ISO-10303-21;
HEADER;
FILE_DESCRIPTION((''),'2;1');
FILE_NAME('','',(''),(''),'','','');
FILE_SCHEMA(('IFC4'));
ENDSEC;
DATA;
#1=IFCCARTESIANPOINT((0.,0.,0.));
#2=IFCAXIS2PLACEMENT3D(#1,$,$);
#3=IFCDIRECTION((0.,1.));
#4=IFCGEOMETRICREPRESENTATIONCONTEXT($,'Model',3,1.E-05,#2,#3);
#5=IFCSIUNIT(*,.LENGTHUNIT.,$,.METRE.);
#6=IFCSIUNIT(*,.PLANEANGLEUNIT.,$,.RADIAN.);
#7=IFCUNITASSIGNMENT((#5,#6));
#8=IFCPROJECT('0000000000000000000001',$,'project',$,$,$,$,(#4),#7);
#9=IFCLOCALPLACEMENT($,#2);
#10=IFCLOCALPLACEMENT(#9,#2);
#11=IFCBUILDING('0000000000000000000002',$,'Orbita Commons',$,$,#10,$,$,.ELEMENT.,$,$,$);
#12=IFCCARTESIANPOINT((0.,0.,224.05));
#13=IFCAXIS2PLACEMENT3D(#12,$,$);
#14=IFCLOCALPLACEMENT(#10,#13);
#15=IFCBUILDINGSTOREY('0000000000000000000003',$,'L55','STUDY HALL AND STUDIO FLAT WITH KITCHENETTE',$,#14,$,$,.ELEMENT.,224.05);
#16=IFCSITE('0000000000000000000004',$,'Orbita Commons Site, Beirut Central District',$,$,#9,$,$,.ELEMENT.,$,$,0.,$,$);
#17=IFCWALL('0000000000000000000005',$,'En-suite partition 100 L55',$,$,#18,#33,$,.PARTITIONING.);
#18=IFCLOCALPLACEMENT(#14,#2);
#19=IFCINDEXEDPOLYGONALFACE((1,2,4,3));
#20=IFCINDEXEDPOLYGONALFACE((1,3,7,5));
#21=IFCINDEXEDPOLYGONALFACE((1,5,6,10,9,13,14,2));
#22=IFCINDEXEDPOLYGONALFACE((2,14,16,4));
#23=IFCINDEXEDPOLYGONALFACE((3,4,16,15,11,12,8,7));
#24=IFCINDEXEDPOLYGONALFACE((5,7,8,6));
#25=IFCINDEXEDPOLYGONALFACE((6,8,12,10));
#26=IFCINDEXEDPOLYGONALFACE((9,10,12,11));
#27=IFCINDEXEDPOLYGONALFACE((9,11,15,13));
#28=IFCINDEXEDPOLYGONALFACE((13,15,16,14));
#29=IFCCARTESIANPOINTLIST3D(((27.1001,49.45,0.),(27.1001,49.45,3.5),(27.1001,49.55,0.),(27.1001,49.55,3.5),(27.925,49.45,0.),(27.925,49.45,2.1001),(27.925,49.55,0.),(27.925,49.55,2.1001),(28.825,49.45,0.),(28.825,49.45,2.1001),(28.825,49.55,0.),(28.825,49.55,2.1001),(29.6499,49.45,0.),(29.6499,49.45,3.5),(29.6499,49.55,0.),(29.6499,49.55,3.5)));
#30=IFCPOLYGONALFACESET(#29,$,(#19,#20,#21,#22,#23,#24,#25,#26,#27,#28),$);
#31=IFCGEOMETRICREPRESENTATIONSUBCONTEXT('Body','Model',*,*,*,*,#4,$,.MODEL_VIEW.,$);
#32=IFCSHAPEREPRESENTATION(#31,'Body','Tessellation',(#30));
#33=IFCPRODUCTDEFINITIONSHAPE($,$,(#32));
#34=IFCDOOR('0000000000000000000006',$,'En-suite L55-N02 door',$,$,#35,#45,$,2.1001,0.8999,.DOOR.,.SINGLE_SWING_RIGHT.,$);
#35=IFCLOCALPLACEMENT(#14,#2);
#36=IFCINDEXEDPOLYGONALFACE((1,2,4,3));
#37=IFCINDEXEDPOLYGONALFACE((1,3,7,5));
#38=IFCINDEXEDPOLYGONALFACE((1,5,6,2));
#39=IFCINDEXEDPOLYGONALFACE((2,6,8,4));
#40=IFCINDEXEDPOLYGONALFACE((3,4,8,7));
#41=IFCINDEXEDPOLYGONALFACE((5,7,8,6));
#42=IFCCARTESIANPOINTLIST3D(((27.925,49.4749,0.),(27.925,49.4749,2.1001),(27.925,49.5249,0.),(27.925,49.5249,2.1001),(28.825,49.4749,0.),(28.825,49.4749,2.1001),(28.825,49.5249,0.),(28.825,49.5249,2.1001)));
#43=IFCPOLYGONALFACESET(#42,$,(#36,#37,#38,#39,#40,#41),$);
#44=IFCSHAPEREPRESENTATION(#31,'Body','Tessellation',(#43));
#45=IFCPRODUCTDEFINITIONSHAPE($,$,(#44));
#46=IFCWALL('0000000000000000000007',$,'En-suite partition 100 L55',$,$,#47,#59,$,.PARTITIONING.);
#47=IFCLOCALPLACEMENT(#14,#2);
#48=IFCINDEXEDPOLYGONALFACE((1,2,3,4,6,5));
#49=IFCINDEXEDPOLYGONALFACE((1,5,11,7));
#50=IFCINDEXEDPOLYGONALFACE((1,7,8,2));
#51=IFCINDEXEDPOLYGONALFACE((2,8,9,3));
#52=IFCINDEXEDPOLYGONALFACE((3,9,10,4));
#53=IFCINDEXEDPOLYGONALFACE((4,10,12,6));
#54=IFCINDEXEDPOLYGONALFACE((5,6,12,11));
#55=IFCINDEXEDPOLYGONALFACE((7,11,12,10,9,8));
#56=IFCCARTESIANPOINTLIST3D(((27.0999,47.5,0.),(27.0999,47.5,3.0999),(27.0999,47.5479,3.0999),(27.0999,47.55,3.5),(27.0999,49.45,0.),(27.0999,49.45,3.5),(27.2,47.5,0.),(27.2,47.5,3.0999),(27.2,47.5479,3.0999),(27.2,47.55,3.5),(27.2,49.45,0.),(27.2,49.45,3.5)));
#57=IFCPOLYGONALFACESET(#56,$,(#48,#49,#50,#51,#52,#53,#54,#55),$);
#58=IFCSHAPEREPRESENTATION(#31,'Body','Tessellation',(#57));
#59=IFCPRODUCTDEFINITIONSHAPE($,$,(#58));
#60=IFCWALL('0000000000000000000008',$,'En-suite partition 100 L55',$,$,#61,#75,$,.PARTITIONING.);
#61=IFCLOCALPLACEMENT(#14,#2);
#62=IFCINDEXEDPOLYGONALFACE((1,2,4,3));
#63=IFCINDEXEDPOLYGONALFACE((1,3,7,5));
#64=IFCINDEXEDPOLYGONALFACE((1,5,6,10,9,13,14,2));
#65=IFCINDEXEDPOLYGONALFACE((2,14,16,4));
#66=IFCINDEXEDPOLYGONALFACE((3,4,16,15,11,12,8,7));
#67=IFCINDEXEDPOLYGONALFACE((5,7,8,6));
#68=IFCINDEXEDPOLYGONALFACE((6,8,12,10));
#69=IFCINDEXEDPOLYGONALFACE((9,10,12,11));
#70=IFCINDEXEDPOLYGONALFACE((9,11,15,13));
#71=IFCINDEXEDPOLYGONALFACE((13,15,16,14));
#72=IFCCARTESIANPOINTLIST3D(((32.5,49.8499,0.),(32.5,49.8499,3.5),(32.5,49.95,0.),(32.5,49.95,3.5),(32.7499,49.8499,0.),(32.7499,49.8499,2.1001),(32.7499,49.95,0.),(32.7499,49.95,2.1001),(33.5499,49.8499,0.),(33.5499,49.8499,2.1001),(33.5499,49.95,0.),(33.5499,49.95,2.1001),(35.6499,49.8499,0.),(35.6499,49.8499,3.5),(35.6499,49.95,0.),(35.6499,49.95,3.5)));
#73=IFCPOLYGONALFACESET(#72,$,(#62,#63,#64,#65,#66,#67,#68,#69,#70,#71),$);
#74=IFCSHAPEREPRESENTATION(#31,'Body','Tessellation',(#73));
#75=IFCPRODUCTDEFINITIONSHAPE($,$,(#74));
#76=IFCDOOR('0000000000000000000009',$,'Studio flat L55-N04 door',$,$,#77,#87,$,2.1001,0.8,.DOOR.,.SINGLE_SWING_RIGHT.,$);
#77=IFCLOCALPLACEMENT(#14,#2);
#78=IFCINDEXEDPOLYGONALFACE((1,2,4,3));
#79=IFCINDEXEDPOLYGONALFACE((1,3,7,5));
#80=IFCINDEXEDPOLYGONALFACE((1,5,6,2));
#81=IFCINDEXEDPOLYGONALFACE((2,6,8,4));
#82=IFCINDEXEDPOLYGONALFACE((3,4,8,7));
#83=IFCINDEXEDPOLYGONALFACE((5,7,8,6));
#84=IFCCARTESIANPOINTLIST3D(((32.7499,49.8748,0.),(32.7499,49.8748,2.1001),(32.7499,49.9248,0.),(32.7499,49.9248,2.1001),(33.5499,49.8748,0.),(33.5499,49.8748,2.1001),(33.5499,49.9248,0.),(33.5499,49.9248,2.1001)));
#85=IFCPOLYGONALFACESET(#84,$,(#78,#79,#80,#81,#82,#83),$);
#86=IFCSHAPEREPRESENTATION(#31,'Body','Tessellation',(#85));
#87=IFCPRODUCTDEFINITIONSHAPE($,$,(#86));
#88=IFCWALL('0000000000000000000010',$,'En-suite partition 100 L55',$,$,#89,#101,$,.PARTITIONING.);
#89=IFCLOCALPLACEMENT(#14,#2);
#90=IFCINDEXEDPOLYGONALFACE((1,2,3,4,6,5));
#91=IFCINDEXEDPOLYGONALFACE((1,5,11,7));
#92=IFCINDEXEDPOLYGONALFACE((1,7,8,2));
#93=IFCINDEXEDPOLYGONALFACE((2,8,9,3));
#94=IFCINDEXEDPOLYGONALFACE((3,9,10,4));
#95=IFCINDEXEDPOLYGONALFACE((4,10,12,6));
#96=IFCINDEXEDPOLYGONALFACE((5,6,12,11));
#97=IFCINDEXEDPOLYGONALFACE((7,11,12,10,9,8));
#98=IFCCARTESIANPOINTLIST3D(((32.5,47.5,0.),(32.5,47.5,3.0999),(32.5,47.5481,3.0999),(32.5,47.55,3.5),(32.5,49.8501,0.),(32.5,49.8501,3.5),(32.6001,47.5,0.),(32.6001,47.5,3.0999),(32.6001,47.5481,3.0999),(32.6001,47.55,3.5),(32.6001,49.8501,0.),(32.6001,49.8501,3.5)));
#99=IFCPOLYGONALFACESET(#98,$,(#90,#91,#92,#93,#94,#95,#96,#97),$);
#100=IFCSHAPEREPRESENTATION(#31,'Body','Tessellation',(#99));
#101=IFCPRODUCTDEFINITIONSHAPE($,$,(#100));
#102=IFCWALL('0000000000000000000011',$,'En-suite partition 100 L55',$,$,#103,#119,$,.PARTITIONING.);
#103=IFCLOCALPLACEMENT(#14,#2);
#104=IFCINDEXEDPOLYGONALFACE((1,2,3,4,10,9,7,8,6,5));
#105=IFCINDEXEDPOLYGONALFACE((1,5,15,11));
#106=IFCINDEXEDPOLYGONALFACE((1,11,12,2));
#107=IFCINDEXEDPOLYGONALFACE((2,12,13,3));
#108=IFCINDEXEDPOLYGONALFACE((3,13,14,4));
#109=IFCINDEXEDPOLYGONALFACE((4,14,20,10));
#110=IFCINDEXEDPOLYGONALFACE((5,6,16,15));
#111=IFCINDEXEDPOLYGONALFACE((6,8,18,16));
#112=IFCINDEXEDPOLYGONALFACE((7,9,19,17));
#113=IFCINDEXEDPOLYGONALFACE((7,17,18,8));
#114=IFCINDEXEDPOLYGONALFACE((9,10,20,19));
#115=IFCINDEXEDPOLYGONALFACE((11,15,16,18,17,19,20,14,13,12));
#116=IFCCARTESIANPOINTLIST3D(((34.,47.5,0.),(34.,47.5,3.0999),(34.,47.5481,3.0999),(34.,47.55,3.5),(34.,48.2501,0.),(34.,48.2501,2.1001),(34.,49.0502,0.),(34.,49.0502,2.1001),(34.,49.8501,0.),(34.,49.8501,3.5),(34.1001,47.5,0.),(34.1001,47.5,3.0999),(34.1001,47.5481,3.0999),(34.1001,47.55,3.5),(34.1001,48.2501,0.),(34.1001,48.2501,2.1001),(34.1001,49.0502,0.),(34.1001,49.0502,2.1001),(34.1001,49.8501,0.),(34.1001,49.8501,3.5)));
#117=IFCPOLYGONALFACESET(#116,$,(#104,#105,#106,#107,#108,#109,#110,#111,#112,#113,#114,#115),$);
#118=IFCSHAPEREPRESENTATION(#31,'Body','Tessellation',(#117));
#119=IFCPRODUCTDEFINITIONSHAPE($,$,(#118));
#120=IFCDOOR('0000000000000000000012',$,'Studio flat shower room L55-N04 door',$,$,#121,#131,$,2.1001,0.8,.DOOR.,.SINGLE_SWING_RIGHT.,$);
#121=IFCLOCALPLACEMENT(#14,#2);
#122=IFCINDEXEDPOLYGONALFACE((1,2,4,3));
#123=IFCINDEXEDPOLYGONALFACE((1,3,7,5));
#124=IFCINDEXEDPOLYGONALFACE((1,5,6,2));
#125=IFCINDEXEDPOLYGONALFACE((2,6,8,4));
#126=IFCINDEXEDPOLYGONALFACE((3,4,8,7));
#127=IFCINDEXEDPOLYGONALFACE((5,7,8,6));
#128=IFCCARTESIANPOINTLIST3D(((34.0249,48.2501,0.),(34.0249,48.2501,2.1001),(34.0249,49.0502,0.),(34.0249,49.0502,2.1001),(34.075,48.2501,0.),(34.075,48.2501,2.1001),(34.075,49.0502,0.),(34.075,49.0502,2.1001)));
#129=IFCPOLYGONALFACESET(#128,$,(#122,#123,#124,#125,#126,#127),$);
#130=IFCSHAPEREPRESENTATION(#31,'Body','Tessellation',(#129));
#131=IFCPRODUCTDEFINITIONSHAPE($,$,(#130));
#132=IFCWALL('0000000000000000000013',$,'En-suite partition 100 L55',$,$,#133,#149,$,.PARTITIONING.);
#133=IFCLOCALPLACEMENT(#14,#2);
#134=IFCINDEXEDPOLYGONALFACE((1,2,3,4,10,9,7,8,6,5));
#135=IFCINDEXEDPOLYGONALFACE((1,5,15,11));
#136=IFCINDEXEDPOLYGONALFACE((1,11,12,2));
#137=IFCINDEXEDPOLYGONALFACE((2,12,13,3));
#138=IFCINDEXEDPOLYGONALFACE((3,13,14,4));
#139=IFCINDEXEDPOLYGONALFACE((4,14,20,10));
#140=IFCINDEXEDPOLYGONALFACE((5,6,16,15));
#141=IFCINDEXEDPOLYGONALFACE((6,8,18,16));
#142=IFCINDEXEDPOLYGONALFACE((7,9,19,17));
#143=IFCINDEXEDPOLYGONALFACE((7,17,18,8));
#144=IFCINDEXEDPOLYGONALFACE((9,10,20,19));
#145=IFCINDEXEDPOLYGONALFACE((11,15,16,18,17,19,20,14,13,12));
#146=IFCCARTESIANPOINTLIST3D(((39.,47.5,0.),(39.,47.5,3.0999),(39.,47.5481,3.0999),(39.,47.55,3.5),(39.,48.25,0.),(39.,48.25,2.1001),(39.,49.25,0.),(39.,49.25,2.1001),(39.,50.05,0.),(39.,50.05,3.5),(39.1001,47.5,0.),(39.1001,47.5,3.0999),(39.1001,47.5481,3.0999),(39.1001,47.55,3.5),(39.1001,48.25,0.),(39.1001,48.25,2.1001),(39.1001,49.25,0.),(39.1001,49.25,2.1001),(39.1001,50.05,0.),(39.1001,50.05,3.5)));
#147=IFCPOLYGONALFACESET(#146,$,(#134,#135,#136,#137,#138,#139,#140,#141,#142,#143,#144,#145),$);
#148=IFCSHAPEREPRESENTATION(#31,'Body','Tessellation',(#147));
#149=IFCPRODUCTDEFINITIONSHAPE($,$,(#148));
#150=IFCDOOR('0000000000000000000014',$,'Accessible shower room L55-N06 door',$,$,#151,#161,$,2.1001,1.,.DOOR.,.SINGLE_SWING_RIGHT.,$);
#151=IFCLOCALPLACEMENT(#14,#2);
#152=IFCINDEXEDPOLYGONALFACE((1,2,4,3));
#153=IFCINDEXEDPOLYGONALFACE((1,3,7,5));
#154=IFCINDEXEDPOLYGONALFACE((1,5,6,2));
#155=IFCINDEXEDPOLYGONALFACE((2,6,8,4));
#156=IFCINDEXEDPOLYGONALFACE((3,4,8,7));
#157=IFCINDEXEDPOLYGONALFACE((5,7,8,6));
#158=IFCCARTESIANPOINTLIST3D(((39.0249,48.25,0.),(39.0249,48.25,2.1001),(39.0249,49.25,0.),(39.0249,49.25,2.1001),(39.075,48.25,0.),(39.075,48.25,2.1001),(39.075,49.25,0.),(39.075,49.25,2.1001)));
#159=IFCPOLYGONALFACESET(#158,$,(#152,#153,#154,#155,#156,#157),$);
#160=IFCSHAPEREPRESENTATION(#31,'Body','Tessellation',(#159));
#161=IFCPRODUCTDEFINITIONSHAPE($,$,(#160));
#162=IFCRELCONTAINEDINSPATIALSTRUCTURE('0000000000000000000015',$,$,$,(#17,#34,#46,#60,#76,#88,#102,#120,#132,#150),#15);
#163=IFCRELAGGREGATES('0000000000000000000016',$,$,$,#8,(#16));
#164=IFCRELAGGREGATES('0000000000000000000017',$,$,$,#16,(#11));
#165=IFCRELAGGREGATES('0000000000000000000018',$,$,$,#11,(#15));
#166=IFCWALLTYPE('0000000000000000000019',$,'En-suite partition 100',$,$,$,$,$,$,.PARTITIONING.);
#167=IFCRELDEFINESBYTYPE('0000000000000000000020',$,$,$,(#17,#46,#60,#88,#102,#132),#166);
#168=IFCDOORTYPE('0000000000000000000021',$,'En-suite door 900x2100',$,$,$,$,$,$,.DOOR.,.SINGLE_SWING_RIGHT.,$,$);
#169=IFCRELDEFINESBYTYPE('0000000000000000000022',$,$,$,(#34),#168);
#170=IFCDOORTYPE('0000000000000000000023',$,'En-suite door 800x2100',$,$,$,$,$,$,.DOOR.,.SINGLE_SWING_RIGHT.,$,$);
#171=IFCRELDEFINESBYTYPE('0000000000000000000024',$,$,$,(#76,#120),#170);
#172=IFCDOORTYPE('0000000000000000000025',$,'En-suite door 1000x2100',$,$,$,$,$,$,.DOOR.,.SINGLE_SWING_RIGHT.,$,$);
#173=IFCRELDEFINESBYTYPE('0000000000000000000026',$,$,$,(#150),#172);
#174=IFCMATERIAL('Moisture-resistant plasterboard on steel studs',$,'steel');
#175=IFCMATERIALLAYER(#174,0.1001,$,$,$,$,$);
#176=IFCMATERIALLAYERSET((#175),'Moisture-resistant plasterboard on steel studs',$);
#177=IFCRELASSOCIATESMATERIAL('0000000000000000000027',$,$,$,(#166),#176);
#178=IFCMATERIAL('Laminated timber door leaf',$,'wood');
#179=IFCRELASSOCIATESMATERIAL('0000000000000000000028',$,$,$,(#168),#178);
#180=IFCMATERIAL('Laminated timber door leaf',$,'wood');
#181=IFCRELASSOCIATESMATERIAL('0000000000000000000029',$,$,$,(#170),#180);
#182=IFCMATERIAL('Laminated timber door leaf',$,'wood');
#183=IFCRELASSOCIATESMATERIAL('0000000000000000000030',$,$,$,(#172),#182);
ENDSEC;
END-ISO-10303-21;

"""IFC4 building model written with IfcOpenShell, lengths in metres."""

from ifc_helpers import new_model, si_unit, direction, frame, frame_2d, origin, place, context, subcontext, project, spatial, polyline, rectangle, outline, extrude, material, layer, layer_set, type_object, element, fill, save


model = new_model("IFC4")

# Units and contexts
model_context = context("Model", 3, precision=1e-05, world=origin(), true_north=direction((0.0, 1.0)))
body_context = subcontext(model_context, "Body", "Model", "MODEL_VIEW")
ifc_project = project(units=[si_unit("LENGTHUNIT", "METRE"), si_unit("PLANEANGLEUNIT", "RADIAN")], contexts=[model_context])

# Site, building, storey
site_placement = place(None, origin())
site = spatial("IfcSite", under=ifc_project, at=site_placement, Name="Orbita Commons Site, Beirut Central District", CompositionType="ELEMENT", RefElevation=0.0)
building_placement = place(site_placement, origin())
building = spatial("IfcBuilding", under=site, at=building_placement, Name="Orbita Commons", CompositionType="ELEMENT")
storey_placement = place(building_placement, frame((0.0, 0.0, 224.05)))
storey = spatial("IfcBuildingStorey", under=building, at=storey_placement, Name="L55", Description="STUDY HALL AND STUDIO FLAT WITH KITCHENETTE", CompositionType="ELEMENT", Elevation=224.05)

# Wall, opening, door
ifc_material_1 = material(Name="Moisture-resistant plasterboard on steel studs", Category="steel")
ifc_layer_1 = layer(ifc_material_1, 0.1001)
ifc_layer_set_1 = layer_set([ifc_layer_1], Name="Moisture-resistant plasterboard on steel studs")
wall_type_1 = type_object("IfcWallType", Name="En-suite partition 100", PredefinedType="PARTITIONING", material=ifc_layer_set_1)
wall_1_placement = place(storey_placement, frame((27.1001, 49.5, 0.0), z_axis=(0.0, 0.0, 1.0), x_axis=(1.0, 0.0, 0.0)))
wall_1 = element("IfcWall", 1, at=wall_1_placement, inside=storey, type_object=wall_type_1, Name="En-suite partition 100 L55", PredefinedType="PARTITIONING", context=body_context, shape_type="SweptSolid", body=[
    extrude(rectangle(XDim=2.5498, YDim=0.1001, at=frame_2d((1.2749, 0.0))), origin(), (0.0, 0.0, 1.0), 3.5),
])
opening_1_placement = place(wall_1_placement, frame((0.825, 0.0, 0.0)))
opening_1 = element("IfcOpeningElement", 2, at=opening_1_placement, cuts=wall_1, PredefinedType="OPENING", context=body_context, shape_type="SweptSolid", body=[
    extrude(rectangle(XDim=0.8999, YDim=2.1001, at=frame_2d((0.45, 1.05))), frame((0.0, 0.0601, 0.0), z_axis=(0.0, -1.0, 0.0), x_axis=(1.0, 0.0, 0.0)), (0.0, 0.0, 1.0), 0.1201),
])
ifc_material_2 = material(Name="Laminated timber door leaf", Category="wood")
door_type_1 = type_object("IfcDoorType", Name="En-suite door 900x2100", OperationType="SINGLE_SWING_RIGHT", PredefinedType="DOOR", material=ifc_material_2)
door_1_placement = place(opening_1_placement, origin())
door_1 = element("IfcDoor", 3, at=door_1_placement, inside=storey, type_object=door_type_1, Name="En-suite L55-N02 door", OperationType="SINGLE_SWING_RIGHT", OverallHeight=2.1001, OverallWidth=0.8999, PredefinedType="DOOR", context=body_context, shape_type="SweptSolid", body=[
    extrude(rectangle(XDim=0.8999, YDim=2.1001, at=frame_2d((0.45, 1.05))), frame((0.0, 0.0249, 0.0), z_axis=(0.0, -1.0, 0.0), x_axis=(1.0, 0.0, 0.0)), (0.0, 0.0, 1.0), 0.05),
])
fill(opening_1, door_1)

# Wall
wall_2_placement = place(storey_placement, frame((27.1499, 49.45, 0.0), z_axis=(0.0, 0.0, 1.0), x_axis=(0.0, -1.0, 0.0)))
element("IfcWall", 4, at=wall_2_placement, inside=storey, type_object=wall_type_1, Name="En-suite partition 100 L55", PredefinedType="PARTITIONING", context=body_context, shape_type="SweptSolid", body=[
    extrude(outline(polyline([(0.0, 0.0), (1.95, 0.0), (1.95, 3.0999), (1.9021, 3.0999), (1.8999, 3.5), (0.0, 3.5), (0.0, 0.0)])), frame((0.0, 0.05, 0.0), z_axis=(0.0, -1.0, 0.0), x_axis=(1.0, 0.0, 0.0)), (0.0, 0.0, 1.0), 0.1001),
])

# Wall, opening, door
wall_3_placement = place(storey_placement, frame((32.5, 49.8999, 0.0), z_axis=(0.0, 0.0, 1.0), x_axis=(1.0, 0.0, 0.0)))
wall_3 = element("IfcWall", 5, at=wall_3_placement, inside=storey, type_object=wall_type_1, Name="En-suite partition 100 L55", PredefinedType="PARTITIONING", context=body_context, shape_type="SweptSolid", body=[
    extrude(rectangle(XDim=3.1499, YDim=0.1001, at=frame_2d((1.575, 0.0))), origin(), (0.0, 0.0, 1.0), 3.5),
])
opening_2_placement = place(wall_3_placement, frame((0.25, 0.0, 0.0)))
opening_2 = element("IfcOpeningElement", 6, at=opening_2_placement, cuts=wall_3, PredefinedType="OPENING", context=body_context, shape_type="SweptSolid", body=[
    extrude(rectangle(XDim=0.8, YDim=2.1001, at=frame_2d((0.3999, 1.05))), frame((0.0, 0.0601, 0.0), z_axis=(0.0, -1.0, 0.0), x_axis=(1.0, 0.0, 0.0)), (0.0, 0.0, 1.0), 0.1201),
])
ifc_material_3 = material(Name="Laminated timber door leaf", Category="wood")
door_type_2 = type_object("IfcDoorType", Name="En-suite door 800x2100", OperationType="SINGLE_SWING_RIGHT", PredefinedType="DOOR", material=ifc_material_3)
door_2_placement = place(opening_2_placement, origin())
door_2 = element("IfcDoor", 7, at=door_2_placement, inside=storey, type_object=door_type_2, Name="Studio flat L55-N04 door", OperationType="SINGLE_SWING_RIGHT", OverallHeight=2.1001, OverallWidth=0.8, PredefinedType="DOOR", context=body_context, shape_type="SweptSolid", body=[
    extrude(rectangle(XDim=0.8, YDim=2.1001, at=frame_2d((0.3999, 1.05))), frame((0.0, 0.0249, 0.0), z_axis=(0.0, -1.0, 0.0), x_axis=(1.0, 0.0, 0.0)), (0.0, 0.0, 1.0), 0.05),
])
fill(opening_2, door_2)

# Wall
wall_4_placement = place(storey_placement, frame((32.55, 49.8501, 0.0), z_axis=(0.0, 0.0, 1.0), x_axis=(0.0, -1.0, 0.0)))
element("IfcWall", 8, at=wall_4_placement, inside=storey, type_object=wall_type_1, Name="En-suite partition 100 L55", PredefinedType="PARTITIONING", context=body_context, shape_type="SweptSolid", body=[
    extrude(outline(polyline([(0.0, 0.0), (2.3501, 0.0), (2.3501, 3.0999), (2.302, 3.0999), (2.3, 3.5), (0.0, 3.5), (0.0, 0.0)])), frame((0.0, 0.05, 0.0), z_axis=(0.0, -1.0, 0.0), x_axis=(1.0, 0.0, 0.0)), (0.0, 0.0, 1.0), 0.1001),
])

# Walls, openings, doors
wall_5_placement = place(storey_placement, frame((34.05, 49.8501, 0.0), z_axis=(0.0, 0.0, 1.0), x_axis=(0.0, -1.0, 0.0)))
wall_5 = element("IfcWall", 9, at=wall_5_placement, inside=storey, type_object=wall_type_1, Name="En-suite partition 100 L55", PredefinedType="PARTITIONING", context=body_context, shape_type="SweptSolid", body=[
    extrude(outline(polyline([(0.0, 0.0), (2.3501, 0.0), (2.3501, 3.0999), (2.302, 3.0999), (2.3, 3.5), (0.0, 3.5), (0.0, 0.0)])), frame((0.0, 0.05, 0.0), z_axis=(0.0, -1.0, 0.0), x_axis=(1.0, 0.0, 0.0)), (0.0, 0.0, 1.0), 0.1001),
])
opening_3_placement = place(wall_5_placement, frame((0.8, 0.0, 0.0)))
opening_3 = element("IfcOpeningElement", 10, at=opening_3_placement, cuts=wall_5, PredefinedType="OPENING", context=body_context, shape_type="SweptSolid", body=[
    extrude(rectangle(XDim=0.8, YDim=2.1001, at=frame_2d((0.3999, 1.05))), frame((0.0, 0.0601, 0.0), z_axis=(0.0, -1.0, 0.0), x_axis=(1.0, 0.0, 0.0)), (0.0, 0.0, 1.0), 0.1201),
])
door_3_placement = place(opening_3_placement, origin())
door_3 = element("IfcDoor", 11, at=door_3_placement, inside=storey, type_object=door_type_2, Name="Studio flat shower room L55-N04 door", OperationType="SINGLE_SWING_RIGHT", OverallHeight=2.1001, OverallWidth=0.8, PredefinedType="DOOR", context=body_context, shape_type="SweptSolid", body=[
    extrude(rectangle(XDim=0.8, YDim=2.1001, at=frame_2d((0.3999, 1.05))), frame((0.0, 0.0249, 0.0), z_axis=(0.0, -1.0, 0.0), x_axis=(1.0, 0.0, 0.0)), (0.0, 0.0, 1.0), 0.05),
])
fill(opening_3, door_3)
wall_6_placement = place(storey_placement, frame((39.05, 50.05, 0.0), z_axis=(0.0, 0.0, 1.0), x_axis=(0.0, -1.0, 0.0)))
wall_6 = element("IfcWall", 12, at=wall_6_placement, inside=storey, type_object=wall_type_1, Name="En-suite partition 100 L55", PredefinedType="PARTITIONING", context=body_context, shape_type="SweptSolid", body=[
    extrude(outline(polyline([(0.0, 0.0), (2.55, 0.0), (2.55, 3.0999), (2.502, 3.0999), (2.5, 3.5), (0.0, 3.5), (0.0, 0.0)])), frame((0.0, 0.05, 0.0), z_axis=(0.0, -1.0, 0.0), x_axis=(1.0, 0.0, 0.0)), (0.0, 0.0, 1.0), 0.1001),
])
opening_4_placement = place(wall_6_placement, frame((0.8, 0.0, 0.0)))
opening_4 = element("IfcOpeningElement", 13, at=opening_4_placement, cuts=wall_6, PredefinedType="OPENING", context=body_context, shape_type="SweptSolid", body=[
    extrude(rectangle(XDim=1.0, YDim=2.1001, at=frame_2d((0.5, 1.05))), frame((0.0, 0.0601, 0.0), z_axis=(0.0, -1.0, 0.0), x_axis=(1.0, 0.0, 0.0)), (0.0, 0.0, 1.0), 0.1201),
])
ifc_material_4 = material(Name="Laminated timber door leaf", Category="wood")
door_type_3 = type_object("IfcDoorType", Name="En-suite door 1000x2100", OperationType="SINGLE_SWING_RIGHT", PredefinedType="DOOR", material=ifc_material_4)
door_4_placement = place(opening_4_placement, origin())
door_4 = element("IfcDoor", 14, at=door_4_placement, inside=storey, type_object=door_type_3, Name="Accessible shower room L55-N06 door", OperationType="SINGLE_SWING_RIGHT", OverallHeight=2.1001, OverallWidth=1.0, PredefinedType="DOOR", context=body_context, shape_type="SweptSolid", body=[
    extrude(rectangle(XDim=1.0, YDim=2.1001, at=frame_2d((0.5, 1.05))), frame((0.0, 0.0249, 0.0), z_axis=(0.0, -1.0, 0.0), x_axis=(1.0, 0.0, 0.0)), (0.0, 0.0, 1.0), 0.05),
])
fill(opening_4, door_4)

save(model, "model.ifc")
